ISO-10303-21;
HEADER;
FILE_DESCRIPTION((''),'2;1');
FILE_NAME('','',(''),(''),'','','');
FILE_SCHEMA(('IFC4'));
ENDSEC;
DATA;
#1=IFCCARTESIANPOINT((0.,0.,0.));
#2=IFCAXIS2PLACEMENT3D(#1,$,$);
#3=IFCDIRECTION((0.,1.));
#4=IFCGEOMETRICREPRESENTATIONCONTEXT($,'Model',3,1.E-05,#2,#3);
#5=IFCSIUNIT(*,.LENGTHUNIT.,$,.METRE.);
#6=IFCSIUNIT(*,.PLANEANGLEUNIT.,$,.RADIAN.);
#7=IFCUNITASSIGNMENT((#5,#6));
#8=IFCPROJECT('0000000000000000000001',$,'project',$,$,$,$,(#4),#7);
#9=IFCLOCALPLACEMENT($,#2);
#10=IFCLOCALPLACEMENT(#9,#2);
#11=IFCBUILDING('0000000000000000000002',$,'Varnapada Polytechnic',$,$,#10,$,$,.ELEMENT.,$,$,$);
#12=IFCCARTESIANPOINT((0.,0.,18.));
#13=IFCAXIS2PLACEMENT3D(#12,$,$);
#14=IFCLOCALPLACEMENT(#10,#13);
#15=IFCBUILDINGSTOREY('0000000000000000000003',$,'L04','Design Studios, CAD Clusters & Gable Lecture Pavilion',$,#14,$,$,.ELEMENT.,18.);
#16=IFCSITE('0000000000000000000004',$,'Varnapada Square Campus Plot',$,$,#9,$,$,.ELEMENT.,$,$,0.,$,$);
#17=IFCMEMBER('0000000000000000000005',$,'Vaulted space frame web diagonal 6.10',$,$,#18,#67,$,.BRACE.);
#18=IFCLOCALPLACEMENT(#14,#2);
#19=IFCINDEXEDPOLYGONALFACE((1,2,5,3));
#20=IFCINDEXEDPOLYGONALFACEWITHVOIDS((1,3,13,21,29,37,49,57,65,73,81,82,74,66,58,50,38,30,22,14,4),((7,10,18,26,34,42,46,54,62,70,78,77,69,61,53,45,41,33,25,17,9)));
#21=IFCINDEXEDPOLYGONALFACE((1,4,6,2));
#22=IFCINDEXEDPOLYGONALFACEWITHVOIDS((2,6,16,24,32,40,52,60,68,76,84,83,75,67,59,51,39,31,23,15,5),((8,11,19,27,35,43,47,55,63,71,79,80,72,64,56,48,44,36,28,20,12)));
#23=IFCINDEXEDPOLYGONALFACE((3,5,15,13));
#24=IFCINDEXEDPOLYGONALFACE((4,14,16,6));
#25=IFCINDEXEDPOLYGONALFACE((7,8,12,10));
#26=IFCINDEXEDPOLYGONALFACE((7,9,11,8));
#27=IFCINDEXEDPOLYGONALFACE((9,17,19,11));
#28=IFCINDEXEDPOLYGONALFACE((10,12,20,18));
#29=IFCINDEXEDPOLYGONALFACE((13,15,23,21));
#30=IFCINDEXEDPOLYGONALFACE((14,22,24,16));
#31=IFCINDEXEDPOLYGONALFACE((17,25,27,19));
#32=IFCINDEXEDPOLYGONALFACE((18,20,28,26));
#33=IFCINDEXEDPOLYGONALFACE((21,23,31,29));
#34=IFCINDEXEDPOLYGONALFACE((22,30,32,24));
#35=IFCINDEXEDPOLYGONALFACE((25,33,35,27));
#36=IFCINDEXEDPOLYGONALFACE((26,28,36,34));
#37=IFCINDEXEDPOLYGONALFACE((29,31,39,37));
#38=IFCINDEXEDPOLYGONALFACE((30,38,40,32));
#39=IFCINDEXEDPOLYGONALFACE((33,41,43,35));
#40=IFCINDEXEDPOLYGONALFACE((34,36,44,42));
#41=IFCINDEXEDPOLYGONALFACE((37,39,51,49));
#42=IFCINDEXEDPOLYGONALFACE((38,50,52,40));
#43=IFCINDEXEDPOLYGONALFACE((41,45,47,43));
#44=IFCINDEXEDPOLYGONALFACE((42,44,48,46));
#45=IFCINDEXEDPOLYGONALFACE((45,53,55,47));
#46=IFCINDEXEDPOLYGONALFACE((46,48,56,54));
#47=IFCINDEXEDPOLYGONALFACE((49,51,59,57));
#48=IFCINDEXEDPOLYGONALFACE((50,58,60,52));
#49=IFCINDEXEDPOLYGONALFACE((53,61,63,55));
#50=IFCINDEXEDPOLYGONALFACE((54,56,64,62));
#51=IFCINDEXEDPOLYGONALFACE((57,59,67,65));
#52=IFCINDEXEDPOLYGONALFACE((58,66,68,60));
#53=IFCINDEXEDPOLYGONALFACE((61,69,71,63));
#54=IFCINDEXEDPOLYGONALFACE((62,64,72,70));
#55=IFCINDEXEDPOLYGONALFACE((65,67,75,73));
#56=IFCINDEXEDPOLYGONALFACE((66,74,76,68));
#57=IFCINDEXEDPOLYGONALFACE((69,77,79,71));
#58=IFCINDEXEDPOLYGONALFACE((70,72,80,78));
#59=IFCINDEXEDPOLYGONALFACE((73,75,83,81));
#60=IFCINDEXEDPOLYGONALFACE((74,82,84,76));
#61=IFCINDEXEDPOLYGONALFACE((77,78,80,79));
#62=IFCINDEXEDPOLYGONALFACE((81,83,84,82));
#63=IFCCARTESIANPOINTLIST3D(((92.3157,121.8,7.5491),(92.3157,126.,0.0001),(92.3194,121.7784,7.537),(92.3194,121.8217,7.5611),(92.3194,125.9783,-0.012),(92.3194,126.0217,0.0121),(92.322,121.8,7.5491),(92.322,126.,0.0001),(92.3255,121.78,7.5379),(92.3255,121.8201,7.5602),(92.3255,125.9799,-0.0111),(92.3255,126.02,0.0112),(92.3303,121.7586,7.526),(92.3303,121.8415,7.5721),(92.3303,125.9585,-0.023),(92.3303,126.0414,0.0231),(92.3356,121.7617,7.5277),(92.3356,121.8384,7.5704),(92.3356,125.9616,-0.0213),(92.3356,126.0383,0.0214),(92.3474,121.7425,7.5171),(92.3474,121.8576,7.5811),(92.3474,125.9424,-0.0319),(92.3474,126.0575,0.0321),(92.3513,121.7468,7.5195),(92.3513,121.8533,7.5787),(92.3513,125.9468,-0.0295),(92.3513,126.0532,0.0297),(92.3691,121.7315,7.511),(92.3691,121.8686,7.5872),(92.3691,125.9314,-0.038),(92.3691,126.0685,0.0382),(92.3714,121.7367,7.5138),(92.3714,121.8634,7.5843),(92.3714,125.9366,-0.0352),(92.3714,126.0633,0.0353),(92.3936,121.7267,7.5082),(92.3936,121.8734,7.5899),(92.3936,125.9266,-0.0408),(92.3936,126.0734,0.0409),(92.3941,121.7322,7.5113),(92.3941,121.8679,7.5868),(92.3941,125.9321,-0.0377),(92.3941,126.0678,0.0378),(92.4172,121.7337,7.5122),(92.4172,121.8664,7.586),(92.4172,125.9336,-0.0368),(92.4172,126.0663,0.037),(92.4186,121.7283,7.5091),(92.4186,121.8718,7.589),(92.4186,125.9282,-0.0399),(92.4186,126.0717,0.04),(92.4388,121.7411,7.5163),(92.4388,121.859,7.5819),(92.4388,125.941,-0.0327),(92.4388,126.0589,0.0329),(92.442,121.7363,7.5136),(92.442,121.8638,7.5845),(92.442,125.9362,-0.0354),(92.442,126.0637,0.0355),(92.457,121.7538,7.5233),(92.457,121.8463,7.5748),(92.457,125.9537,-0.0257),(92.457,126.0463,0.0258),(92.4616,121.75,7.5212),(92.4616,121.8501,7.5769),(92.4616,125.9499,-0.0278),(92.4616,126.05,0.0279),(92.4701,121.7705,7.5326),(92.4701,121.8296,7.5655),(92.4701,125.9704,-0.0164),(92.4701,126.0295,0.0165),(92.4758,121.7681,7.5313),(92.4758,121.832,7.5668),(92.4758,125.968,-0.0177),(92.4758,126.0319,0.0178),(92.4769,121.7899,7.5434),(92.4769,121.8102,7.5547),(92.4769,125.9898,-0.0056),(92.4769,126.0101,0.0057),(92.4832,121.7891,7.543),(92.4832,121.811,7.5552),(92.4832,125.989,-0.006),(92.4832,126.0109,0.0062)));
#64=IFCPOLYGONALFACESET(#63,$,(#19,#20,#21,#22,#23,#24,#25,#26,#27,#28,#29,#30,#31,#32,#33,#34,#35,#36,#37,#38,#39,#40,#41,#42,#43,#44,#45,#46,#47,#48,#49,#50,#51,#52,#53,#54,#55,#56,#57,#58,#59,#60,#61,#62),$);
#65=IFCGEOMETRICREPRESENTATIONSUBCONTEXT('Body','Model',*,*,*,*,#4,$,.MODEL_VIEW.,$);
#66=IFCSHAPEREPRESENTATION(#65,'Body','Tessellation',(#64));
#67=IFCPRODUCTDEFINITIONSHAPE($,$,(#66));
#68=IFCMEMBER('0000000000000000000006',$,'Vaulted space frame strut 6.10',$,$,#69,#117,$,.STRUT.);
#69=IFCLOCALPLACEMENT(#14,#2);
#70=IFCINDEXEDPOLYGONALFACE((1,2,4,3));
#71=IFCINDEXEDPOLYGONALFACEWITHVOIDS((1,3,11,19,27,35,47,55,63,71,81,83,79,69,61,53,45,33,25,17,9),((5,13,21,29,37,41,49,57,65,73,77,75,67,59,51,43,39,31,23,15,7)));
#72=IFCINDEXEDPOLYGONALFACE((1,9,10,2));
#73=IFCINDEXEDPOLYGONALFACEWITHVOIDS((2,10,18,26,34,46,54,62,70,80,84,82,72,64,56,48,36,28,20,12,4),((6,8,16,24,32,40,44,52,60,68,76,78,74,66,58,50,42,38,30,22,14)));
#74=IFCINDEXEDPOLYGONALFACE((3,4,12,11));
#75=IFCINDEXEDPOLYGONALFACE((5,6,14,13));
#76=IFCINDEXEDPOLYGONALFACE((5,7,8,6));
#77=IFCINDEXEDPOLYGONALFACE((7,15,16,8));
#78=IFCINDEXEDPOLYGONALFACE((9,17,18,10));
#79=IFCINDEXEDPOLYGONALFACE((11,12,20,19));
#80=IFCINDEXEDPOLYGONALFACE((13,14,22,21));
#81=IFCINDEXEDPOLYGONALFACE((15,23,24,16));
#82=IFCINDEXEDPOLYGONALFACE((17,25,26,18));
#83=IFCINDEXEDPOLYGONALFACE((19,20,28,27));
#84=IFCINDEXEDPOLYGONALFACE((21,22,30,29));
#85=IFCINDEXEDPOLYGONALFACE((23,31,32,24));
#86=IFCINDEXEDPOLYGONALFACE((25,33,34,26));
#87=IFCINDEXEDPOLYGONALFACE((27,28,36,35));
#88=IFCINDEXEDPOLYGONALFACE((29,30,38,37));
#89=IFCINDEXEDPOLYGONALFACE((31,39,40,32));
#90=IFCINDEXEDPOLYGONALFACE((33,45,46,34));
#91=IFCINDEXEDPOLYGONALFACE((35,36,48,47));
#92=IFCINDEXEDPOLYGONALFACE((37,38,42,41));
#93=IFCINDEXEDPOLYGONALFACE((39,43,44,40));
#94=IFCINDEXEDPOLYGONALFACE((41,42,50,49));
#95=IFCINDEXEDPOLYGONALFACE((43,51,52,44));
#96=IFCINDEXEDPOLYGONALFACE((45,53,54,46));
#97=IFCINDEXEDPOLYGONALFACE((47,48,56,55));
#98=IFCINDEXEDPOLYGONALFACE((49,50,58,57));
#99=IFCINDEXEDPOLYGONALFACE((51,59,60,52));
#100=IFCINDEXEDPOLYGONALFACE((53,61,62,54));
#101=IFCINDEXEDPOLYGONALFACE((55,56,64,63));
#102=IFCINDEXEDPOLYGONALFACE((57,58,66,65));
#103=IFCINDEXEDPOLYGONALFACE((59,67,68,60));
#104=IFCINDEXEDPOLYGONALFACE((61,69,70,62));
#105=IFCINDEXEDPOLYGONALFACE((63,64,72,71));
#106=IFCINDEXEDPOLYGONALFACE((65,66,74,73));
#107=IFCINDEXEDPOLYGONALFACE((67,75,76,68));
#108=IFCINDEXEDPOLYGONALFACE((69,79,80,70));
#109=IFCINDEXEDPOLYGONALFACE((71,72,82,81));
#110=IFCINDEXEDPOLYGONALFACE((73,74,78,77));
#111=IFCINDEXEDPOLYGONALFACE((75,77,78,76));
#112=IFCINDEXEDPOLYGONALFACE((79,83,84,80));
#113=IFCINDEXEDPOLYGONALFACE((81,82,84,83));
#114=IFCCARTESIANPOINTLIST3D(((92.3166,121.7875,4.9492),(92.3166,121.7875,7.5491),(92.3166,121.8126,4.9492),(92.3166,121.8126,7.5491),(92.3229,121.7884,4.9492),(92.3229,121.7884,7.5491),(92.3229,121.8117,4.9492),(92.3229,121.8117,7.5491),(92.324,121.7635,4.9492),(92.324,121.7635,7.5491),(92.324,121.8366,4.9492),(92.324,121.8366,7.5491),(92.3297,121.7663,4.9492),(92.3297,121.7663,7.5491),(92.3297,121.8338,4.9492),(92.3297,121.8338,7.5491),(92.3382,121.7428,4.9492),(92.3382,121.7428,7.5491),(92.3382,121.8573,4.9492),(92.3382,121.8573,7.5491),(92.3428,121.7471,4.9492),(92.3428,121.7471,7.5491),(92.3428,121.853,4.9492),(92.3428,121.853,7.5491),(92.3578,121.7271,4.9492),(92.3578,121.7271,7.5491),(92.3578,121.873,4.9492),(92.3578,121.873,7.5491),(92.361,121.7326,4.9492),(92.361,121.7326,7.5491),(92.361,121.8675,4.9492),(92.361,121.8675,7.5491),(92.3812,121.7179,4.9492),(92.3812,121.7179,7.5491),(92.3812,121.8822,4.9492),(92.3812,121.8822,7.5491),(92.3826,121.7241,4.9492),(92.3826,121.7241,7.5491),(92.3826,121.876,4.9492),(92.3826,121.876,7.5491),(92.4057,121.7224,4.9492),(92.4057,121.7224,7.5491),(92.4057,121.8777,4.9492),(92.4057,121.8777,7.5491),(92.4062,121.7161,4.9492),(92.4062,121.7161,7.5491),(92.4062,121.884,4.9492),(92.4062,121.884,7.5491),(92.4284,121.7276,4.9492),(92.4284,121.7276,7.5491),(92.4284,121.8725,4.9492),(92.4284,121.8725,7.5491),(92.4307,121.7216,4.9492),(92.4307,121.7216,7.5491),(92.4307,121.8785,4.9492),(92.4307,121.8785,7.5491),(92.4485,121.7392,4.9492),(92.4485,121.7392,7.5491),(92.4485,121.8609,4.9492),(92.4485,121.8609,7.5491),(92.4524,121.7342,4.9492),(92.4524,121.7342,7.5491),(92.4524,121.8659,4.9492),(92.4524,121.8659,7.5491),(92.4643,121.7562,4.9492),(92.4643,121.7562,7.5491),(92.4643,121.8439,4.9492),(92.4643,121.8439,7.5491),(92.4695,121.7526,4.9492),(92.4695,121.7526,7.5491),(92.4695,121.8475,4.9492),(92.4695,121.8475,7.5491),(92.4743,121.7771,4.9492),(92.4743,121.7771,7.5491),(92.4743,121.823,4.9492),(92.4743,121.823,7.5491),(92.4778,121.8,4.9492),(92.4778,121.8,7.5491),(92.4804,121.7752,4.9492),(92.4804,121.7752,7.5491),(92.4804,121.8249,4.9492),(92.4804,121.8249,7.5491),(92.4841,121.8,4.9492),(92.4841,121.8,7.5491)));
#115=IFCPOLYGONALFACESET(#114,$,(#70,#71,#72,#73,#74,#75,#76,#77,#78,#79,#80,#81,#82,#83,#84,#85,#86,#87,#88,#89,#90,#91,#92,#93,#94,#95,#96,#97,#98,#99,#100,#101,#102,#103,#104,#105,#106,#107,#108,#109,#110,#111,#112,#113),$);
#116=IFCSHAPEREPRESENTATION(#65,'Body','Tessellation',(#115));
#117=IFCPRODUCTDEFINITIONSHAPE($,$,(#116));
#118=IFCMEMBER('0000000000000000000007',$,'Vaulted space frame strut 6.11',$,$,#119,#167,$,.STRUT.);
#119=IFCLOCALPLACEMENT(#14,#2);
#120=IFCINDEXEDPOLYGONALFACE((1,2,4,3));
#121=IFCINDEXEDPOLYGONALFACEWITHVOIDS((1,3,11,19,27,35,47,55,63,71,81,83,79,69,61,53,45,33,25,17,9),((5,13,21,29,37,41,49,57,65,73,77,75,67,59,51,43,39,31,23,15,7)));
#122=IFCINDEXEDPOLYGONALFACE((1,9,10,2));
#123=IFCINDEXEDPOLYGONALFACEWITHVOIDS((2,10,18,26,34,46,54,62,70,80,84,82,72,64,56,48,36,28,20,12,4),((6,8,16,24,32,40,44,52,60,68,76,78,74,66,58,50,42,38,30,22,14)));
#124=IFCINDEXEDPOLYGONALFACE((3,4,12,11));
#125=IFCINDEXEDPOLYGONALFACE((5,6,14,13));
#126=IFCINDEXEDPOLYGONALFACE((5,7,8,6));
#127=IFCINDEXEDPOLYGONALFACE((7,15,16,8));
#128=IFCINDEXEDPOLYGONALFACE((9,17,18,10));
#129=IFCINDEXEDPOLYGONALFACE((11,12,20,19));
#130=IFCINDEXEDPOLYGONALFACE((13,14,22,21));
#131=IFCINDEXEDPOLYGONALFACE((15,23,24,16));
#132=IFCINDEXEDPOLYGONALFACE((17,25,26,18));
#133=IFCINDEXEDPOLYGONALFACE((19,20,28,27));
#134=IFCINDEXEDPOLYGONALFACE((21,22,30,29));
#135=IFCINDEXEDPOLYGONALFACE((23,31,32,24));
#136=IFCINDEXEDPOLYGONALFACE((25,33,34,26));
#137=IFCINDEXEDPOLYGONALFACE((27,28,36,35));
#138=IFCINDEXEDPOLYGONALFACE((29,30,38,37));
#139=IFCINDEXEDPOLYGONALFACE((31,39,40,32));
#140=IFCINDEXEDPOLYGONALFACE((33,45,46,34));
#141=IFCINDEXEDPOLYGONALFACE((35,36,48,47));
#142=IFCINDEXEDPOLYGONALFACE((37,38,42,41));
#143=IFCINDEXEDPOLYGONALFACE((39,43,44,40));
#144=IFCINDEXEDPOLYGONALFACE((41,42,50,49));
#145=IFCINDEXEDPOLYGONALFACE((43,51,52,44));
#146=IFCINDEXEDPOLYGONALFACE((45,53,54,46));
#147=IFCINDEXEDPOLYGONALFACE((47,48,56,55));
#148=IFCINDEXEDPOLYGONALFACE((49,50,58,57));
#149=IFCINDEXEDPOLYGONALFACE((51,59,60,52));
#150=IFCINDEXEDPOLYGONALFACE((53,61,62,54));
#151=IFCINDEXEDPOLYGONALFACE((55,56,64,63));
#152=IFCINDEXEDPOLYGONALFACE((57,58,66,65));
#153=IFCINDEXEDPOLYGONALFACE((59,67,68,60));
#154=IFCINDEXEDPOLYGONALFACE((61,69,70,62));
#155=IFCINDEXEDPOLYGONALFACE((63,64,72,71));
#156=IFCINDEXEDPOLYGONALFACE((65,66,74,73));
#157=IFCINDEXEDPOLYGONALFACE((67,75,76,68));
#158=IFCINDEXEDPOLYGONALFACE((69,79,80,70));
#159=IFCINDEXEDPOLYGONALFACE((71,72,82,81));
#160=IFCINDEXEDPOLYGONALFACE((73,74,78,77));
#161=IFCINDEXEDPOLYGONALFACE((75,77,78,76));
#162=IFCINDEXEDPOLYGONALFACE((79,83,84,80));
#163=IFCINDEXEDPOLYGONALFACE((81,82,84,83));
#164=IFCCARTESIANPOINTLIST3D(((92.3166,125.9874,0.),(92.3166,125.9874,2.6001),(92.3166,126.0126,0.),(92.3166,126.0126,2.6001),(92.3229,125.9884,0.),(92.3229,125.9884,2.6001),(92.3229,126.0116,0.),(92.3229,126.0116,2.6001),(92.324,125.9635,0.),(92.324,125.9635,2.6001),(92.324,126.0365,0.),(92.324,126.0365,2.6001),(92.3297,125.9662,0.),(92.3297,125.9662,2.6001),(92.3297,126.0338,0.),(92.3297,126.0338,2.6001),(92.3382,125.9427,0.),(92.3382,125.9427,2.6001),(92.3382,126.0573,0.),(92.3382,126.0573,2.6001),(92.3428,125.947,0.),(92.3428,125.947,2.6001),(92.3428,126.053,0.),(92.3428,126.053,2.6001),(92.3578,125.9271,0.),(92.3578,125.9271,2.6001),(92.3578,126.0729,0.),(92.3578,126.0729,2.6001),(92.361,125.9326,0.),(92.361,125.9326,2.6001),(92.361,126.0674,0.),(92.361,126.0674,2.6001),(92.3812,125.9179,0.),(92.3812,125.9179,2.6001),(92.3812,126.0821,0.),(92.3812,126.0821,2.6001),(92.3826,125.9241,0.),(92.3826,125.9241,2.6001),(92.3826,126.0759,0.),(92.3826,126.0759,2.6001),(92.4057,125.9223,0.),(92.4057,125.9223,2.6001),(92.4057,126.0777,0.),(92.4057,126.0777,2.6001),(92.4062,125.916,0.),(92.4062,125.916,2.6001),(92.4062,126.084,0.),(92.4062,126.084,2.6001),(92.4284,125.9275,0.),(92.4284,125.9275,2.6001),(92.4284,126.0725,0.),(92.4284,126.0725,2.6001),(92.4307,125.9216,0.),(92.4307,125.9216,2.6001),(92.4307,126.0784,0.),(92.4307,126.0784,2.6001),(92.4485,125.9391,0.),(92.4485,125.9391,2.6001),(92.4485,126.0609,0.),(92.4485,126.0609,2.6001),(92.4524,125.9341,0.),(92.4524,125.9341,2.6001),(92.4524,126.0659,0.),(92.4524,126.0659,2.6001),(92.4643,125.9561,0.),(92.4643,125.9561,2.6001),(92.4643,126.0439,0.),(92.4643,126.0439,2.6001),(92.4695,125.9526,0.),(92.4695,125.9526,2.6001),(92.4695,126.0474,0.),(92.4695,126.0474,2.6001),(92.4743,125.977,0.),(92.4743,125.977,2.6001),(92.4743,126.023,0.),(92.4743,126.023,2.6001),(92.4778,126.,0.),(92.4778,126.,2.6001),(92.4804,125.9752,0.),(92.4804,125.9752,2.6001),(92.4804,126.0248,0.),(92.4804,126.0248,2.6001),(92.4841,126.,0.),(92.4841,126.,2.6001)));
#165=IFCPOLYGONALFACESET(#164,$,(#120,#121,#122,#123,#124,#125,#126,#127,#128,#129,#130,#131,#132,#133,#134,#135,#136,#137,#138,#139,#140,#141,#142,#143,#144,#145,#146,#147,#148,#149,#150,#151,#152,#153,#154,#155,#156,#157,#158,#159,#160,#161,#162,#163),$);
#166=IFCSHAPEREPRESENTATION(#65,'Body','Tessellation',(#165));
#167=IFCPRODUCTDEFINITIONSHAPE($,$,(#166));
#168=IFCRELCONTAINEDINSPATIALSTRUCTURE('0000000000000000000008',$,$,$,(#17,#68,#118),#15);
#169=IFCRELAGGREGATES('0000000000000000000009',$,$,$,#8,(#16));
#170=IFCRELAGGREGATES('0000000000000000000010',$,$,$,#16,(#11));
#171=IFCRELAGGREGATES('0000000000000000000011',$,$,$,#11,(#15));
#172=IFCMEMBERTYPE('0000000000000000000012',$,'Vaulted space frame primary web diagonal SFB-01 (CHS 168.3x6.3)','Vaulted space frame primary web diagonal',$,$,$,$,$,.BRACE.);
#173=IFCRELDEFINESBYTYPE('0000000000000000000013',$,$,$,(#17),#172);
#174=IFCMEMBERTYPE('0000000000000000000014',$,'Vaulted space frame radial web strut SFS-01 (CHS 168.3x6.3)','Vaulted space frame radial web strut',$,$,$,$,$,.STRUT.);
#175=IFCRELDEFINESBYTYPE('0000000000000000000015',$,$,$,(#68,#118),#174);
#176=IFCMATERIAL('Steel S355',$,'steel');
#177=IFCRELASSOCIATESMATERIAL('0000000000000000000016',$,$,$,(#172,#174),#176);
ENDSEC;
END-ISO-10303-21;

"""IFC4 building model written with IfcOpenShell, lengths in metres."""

from ifc_helpers import new_model, si_unit, direction, frame, origin, origin_2d, place, context, subcontext, project, spatial, hollow_circle, extrude, material, material_profile, profile_set, type_object, element, save


model = new_model("IFC4")

# Units and contexts
model_context = context("Model", 3, precision=1e-05, world=origin(), true_north=direction((0.0, 1.0)))
body_context = subcontext(model_context, "Body", "Model", "MODEL_VIEW")
ifc_project = project(units=[si_unit("LENGTHUNIT", "METRE"), si_unit("PLANEANGLEUNIT", "RADIAN")], contexts=[model_context])

# Site, building, storey
site_placement = place(None, origin())
site = spatial("IfcSite", under=ifc_project, at=site_placement, Name="Varnapada Square Campus Plot", CompositionType="ELEMENT", RefElevation=0.0)
building_placement = place(site_placement, origin())
building = spatial("IfcBuilding", under=site, at=building_placement, Name="Varnapada Polytechnic", CompositionType="ELEMENT")
storey_placement = place(building_placement, frame((0.0, 0.0, 18.0)))
storey = spatial("IfcBuildingStorey", under=building, at=storey_placement, Name="L04", Description="Design Studios, CAD Clusters & Gable Lecture Pavilion", CompositionType="ELEMENT", Elevation=18.0)

# Shared definitions
ifc_material = material(Name="Steel S355", Category="steel")

# Members
ifc_material_profile_1 = material_profile(ifc_material, hollow_circle(Radius=0.0842, WallThickness=0.0063, at=origin_2d()), Name="CHS 168.3x6.3")
ifc_profile_set_1 = profile_set([ifc_material_profile_1], Name="Steel S355")
member_type_1 = type_object("IfcMemberType", Name="Vaulted space frame primary web diagonal SFB-01 (CHS 168.3x6.3)", Description="Vaulted space frame primary web diagonal", PredefinedType="BRACE", material=ifc_profile_set_1)
member_1_placement = place(storey_placement, frame((92.3999, 121.8, 7.5491), z_axis=(0.0, 0.486176, -0.873861), x_axis=(-1.0, 0.0, 0.0)))
element("IfcMember", 1, at=member_1_placement, inside=storey, type_object=member_type_1, Name="Vaulted space frame web diagonal 6.10", PredefinedType="BRACE", context=body_context, shape_type="SweptSolid", body=[
    extrude(hollow_circle(Radius=0.0842, WallThickness=0.0063, at=origin_2d()), origin(), (0.0, 0.0, 1.0), 8.6387),
])
ifc_material_profile_2 = material_profile(ifc_material, hollow_circle(Radius=0.0842, WallThickness=0.0063, at=origin_2d()), Name="CHS 168.3x6.3")
ifc_profile_set_2 = profile_set([ifc_material_profile_2], Name="Steel S355")
member_type_2 = type_object("IfcMemberType", Name="Vaulted space frame radial web strut SFS-01 (CHS 168.3x6.3)", Description="Vaulted space frame radial web strut", PredefinedType="STRUT", material=ifc_profile_set_2)
member_2_placement = place(storey_placement, frame((92.3999, 121.8, 4.9492), z_axis=(0.0, 0.0, 1.0), x_axis=(1.0, 0.0, 0.0)))
element("IfcMember", 2, at=member_2_placement, inside=storey, type_object=member_type_2, Name="Vaulted space frame strut 6.10", PredefinedType="STRUT", context=body_context, shape_type="SweptSolid", body=[
    extrude(hollow_circle(Radius=0.0842, WallThickness=0.0063, at=origin_2d()), origin(), (0.0, 0.0, 1.0), 2.5999),
])
member_3_placement = place(storey_placement, frame((92.3999, 126.0, 0.0), z_axis=(0.0, 0.0, 1.0), x_axis=(1.0, 0.0, 0.0)))
element("IfcMember", 3, at=member_3_placement, inside=storey, type_object=member_type_2, Name="Vaulted space frame strut 6.11", PredefinedType="STRUT", context=body_context, shape_type="SweptSolid", body=[
    extrude(hollow_circle(Radius=0.0842, WallThickness=0.0063, at=origin_2d()), origin(), (0.0, 0.0, 1.0), 2.6001),
])

save(model, "model.ifc")
